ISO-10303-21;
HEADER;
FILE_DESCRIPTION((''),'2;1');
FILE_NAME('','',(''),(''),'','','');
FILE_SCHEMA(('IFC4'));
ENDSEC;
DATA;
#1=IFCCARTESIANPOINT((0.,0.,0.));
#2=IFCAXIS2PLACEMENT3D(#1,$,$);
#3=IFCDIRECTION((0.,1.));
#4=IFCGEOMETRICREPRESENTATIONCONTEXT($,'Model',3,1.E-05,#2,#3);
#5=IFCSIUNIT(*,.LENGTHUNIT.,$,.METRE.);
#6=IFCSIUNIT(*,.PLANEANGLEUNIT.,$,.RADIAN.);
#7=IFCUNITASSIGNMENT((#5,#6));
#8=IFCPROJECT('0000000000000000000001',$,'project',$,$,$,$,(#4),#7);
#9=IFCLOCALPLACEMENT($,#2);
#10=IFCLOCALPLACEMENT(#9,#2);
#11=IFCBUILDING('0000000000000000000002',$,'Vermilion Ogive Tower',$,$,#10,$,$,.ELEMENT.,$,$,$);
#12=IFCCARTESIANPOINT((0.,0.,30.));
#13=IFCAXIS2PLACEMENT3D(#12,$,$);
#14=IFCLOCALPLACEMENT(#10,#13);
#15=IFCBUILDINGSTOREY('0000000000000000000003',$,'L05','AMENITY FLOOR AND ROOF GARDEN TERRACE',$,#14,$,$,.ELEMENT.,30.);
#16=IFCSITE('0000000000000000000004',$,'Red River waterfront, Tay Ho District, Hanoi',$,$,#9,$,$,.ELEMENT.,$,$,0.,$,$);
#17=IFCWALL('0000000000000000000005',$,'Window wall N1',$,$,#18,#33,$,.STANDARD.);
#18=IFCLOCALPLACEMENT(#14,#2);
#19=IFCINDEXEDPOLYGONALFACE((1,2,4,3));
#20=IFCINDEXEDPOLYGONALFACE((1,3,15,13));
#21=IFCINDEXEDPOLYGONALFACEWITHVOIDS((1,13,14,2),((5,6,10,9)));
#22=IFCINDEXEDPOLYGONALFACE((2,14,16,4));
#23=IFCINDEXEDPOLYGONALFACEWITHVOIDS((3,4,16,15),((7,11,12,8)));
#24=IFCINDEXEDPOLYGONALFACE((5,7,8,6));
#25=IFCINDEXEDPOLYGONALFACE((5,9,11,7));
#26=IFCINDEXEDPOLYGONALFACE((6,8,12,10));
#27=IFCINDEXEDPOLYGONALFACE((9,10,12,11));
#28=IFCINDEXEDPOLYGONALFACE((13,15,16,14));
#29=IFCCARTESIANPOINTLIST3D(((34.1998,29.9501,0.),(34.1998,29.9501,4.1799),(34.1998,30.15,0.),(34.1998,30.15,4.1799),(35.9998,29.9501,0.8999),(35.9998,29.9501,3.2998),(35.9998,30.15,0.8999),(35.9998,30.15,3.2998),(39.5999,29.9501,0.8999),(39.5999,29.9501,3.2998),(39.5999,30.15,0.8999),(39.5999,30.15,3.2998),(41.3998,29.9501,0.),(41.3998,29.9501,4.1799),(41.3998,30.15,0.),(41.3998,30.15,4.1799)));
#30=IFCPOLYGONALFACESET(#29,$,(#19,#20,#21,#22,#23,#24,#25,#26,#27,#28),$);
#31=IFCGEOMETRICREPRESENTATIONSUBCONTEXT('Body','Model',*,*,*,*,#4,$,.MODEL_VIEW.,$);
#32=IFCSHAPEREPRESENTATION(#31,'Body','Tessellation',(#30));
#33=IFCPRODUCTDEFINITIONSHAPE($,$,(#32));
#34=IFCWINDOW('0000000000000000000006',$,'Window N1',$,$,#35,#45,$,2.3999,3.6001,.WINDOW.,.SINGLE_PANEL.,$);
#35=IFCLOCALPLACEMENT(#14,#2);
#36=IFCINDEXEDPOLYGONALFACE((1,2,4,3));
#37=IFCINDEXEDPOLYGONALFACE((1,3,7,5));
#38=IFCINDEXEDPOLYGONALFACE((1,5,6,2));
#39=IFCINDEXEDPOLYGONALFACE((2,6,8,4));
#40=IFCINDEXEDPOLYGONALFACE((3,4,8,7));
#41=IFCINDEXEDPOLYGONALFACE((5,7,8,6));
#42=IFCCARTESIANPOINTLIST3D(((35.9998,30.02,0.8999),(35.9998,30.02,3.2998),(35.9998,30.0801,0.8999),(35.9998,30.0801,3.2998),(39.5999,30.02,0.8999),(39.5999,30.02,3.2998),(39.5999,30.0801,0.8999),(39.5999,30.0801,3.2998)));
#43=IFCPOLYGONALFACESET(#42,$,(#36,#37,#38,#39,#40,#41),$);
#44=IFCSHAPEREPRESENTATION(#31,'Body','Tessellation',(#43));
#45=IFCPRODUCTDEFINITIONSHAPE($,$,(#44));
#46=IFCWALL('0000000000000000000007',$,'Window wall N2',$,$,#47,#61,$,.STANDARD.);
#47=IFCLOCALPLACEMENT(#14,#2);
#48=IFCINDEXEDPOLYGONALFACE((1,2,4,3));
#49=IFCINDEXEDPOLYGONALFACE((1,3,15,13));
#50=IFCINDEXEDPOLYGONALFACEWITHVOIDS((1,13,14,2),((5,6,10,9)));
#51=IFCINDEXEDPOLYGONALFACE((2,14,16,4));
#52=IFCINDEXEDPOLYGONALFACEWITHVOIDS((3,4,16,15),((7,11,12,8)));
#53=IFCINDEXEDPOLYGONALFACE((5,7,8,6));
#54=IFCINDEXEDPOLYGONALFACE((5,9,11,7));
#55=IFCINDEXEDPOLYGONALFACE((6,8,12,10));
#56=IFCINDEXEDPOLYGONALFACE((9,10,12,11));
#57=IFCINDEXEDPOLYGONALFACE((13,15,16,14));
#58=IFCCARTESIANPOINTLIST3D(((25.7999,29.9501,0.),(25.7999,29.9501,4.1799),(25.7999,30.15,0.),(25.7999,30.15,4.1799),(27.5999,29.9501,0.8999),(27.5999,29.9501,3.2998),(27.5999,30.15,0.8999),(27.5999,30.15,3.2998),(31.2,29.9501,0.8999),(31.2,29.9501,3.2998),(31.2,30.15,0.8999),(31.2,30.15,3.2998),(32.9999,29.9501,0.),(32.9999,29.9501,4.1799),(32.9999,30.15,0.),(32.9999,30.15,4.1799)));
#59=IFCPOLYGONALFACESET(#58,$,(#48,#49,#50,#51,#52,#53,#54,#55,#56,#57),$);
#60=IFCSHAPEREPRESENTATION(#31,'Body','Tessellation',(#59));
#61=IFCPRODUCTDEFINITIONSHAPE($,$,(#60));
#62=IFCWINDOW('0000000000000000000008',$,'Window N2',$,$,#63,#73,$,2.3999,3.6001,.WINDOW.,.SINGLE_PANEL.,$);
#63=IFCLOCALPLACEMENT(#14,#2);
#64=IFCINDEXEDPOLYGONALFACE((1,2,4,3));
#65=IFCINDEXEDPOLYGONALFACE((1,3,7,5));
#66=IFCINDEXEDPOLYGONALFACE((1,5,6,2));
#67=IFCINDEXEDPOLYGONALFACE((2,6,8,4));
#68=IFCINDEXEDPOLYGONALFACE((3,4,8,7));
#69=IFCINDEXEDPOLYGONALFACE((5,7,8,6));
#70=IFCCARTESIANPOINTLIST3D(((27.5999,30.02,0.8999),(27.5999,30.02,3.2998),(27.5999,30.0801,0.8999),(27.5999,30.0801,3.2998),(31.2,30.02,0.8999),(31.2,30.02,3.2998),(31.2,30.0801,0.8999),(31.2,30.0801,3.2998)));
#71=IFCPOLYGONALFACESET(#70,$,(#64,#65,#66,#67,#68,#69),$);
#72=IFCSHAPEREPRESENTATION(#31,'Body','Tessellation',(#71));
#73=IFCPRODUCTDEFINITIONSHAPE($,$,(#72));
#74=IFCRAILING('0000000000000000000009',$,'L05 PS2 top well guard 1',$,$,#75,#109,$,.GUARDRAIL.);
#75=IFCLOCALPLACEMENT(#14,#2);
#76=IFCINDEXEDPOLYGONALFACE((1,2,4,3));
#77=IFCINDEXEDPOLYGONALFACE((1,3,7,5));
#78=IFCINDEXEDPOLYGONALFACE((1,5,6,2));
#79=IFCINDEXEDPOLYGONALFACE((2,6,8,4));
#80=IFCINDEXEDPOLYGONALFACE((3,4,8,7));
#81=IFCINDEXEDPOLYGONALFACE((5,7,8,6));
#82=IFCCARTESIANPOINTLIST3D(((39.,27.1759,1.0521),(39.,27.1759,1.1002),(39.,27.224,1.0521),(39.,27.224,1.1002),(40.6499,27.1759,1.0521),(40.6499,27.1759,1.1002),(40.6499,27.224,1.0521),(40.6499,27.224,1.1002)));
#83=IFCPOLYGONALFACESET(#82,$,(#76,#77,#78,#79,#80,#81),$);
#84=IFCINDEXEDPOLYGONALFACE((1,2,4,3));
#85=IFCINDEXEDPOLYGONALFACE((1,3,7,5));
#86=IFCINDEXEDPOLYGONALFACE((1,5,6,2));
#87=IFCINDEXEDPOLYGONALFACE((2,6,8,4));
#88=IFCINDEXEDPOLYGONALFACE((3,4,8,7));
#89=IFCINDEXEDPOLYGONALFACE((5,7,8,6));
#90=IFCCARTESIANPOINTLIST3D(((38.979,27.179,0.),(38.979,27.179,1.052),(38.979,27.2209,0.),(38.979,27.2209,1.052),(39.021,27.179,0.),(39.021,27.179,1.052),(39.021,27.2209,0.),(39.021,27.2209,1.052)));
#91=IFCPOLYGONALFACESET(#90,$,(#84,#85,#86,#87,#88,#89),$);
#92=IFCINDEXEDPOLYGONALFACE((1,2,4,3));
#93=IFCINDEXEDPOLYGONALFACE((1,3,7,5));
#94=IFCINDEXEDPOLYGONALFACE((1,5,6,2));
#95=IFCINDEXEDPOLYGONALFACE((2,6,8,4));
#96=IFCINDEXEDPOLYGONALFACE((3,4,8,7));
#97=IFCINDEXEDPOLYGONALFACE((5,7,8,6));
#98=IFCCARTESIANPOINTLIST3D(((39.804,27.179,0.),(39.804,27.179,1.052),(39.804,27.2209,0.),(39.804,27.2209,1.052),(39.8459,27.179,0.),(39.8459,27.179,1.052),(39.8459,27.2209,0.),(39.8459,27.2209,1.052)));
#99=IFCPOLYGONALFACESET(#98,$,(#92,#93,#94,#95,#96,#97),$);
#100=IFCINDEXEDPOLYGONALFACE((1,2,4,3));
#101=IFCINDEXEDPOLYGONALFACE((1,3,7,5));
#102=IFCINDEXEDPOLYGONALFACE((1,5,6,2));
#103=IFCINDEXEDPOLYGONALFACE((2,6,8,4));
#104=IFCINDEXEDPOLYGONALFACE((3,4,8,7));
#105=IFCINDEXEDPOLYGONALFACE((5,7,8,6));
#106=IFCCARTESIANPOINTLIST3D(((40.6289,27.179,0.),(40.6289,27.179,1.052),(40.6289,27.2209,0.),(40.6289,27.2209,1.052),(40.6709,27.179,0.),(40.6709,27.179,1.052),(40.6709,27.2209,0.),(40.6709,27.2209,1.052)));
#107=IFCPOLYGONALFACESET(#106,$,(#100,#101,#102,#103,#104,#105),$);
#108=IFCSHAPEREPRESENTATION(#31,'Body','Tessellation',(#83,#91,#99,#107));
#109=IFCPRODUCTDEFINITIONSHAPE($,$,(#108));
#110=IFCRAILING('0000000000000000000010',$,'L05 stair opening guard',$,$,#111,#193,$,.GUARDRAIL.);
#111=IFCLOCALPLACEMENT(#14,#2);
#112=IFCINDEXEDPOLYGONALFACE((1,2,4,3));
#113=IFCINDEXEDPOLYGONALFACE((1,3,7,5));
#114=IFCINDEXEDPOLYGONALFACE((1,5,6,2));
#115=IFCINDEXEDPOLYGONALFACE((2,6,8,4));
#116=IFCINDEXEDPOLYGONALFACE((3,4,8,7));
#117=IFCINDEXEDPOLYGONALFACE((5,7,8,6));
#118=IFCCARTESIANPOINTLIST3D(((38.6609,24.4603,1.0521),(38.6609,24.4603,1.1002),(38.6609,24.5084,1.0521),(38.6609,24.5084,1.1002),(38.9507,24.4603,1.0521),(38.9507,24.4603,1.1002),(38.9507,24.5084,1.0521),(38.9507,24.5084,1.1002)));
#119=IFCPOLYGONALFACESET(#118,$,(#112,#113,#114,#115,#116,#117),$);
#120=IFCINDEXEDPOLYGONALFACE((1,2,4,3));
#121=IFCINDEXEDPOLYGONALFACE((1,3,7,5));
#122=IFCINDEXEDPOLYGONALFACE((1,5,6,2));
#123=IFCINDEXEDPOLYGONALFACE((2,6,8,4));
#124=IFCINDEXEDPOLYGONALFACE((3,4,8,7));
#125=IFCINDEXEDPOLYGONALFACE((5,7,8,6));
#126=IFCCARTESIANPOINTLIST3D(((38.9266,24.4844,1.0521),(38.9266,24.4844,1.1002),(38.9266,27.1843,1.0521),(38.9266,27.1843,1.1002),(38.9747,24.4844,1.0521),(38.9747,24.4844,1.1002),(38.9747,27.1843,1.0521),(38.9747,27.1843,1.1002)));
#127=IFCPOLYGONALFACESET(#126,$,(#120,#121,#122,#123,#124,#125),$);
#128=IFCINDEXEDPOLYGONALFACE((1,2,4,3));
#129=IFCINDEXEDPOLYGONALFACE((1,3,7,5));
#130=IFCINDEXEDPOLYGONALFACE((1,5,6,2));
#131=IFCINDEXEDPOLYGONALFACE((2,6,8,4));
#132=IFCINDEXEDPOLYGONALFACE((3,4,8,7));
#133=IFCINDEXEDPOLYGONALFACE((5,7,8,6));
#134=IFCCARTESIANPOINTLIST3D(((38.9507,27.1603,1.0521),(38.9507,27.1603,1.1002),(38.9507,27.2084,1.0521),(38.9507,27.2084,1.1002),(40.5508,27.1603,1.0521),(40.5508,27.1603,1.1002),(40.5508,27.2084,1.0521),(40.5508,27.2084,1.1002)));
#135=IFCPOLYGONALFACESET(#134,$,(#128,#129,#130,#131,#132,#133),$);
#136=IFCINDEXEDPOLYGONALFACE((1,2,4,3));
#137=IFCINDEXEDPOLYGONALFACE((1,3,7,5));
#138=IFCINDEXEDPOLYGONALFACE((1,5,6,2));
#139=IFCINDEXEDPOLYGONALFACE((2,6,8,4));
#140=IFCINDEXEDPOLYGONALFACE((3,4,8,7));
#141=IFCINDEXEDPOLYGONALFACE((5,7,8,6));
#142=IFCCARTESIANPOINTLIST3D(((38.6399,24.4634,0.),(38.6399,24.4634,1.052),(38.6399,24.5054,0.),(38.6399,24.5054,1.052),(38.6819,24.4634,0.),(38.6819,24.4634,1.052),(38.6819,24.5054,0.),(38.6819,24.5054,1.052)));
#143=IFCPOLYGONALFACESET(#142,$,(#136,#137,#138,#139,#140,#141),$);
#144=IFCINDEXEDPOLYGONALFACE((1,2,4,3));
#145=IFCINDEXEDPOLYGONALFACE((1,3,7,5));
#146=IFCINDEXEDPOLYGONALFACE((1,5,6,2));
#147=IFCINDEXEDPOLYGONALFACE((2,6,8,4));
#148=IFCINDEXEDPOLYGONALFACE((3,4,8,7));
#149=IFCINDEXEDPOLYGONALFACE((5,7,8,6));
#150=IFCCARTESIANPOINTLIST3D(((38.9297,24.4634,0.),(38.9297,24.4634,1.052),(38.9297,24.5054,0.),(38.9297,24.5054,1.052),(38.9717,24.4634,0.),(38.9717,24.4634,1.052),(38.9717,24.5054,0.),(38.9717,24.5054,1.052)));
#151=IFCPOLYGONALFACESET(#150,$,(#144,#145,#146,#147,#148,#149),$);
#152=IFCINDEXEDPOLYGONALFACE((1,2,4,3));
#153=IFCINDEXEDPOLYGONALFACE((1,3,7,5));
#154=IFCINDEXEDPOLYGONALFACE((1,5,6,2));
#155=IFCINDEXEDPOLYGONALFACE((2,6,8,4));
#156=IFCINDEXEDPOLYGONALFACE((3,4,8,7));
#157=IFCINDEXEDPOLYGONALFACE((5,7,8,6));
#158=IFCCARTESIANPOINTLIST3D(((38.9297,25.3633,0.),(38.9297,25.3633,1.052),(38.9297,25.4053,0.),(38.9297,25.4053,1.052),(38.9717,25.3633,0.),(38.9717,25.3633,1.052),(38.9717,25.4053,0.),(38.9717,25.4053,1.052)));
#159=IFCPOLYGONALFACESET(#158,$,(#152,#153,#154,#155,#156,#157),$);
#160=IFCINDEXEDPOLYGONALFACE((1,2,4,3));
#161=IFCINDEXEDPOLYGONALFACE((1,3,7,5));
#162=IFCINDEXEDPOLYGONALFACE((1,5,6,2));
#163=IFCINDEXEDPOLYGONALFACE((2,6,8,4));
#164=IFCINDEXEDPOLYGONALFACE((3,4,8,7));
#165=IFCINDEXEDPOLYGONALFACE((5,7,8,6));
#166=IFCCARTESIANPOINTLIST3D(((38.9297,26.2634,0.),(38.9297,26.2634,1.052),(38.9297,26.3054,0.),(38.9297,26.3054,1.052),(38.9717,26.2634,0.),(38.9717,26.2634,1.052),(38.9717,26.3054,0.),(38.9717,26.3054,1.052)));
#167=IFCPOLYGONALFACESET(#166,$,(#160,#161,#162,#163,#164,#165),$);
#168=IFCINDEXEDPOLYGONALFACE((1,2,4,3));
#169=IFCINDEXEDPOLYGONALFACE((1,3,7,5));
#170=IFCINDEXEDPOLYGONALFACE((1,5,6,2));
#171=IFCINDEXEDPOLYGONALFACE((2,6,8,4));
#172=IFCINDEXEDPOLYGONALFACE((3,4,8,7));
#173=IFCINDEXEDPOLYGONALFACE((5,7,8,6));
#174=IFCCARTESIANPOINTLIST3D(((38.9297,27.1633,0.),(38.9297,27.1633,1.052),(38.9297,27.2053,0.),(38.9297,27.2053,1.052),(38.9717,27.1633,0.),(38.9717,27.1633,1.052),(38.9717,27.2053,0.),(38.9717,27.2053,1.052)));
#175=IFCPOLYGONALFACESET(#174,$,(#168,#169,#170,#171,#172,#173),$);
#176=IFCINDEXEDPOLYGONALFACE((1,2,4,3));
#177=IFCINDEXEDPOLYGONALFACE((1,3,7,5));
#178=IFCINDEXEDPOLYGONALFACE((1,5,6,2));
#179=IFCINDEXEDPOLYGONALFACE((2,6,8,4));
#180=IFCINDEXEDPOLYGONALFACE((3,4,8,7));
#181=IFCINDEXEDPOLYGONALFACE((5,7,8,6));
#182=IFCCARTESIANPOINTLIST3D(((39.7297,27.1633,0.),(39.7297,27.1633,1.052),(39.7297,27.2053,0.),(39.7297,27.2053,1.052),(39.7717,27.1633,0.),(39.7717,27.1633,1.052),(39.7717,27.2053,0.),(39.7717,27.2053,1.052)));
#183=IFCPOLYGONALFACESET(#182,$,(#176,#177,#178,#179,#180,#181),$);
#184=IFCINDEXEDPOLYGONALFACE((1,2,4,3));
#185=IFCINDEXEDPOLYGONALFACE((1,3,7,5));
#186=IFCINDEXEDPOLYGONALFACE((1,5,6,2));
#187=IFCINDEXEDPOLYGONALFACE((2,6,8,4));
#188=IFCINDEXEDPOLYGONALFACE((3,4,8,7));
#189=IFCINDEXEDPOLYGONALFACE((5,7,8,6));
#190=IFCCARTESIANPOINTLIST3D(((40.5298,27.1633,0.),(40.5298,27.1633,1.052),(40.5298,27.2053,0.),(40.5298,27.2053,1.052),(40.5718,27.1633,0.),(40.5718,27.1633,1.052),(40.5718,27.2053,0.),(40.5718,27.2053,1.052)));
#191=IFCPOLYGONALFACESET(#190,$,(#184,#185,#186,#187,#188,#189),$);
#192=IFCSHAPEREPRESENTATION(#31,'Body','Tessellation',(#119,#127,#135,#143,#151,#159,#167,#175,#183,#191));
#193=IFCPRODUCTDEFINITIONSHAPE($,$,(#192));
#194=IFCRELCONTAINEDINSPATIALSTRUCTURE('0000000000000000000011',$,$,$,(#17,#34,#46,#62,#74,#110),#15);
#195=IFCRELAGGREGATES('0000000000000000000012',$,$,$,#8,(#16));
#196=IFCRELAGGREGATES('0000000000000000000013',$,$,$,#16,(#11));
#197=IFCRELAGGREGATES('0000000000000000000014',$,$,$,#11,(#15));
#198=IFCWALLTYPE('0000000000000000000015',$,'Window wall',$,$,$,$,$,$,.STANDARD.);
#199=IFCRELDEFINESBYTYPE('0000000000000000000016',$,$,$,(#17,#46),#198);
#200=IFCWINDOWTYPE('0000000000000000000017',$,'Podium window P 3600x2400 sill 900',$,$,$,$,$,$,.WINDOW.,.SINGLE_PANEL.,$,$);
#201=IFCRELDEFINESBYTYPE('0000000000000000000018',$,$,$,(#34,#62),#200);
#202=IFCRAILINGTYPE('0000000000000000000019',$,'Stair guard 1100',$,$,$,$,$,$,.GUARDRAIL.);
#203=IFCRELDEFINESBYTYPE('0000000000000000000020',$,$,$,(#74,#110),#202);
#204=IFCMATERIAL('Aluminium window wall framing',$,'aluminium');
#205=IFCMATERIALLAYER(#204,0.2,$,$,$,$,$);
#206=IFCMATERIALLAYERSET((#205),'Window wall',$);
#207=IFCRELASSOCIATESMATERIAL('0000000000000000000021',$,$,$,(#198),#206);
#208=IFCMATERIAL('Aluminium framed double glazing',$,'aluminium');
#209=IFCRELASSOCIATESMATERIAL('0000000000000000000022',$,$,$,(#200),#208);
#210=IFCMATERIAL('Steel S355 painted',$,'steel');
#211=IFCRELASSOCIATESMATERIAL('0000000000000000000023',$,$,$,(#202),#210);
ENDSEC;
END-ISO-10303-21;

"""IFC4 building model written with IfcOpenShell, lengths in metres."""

from ifc_helpers import new_model, si_unit, direction, frame, frame_2d, origin, origin_2d, place, context, subcontext, project, spatial, rectangle, extrude, material, layer, layer_set, type_object, element, fill, save


model = new_model("IFC4")

# Units and contexts
model_context = context("Model", 3, precision=1e-05, world=origin(), true_north=direction((0.0, 1.0)))
body_context = subcontext(model_context, "Body", "Model", "MODEL_VIEW")
ifc_project = project(units=[si_unit("LENGTHUNIT", "METRE"), si_unit("PLANEANGLEUNIT", "RADIAN")], contexts=[model_context])

# Site, building, storey
site_placement = place(None, origin())
site = spatial("IfcSite", under=ifc_project, at=site_placement, Name="Red River waterfront, Tay Ho District, Hanoi", CompositionType="ELEMENT", RefElevation=0.0)
building_placement = place(site_placement, origin())
building = spatial("IfcBuilding", under=site, at=building_placement, Name="Vermilion Ogive Tower", CompositionType="ELEMENT")
storey_placement = place(building_placement, frame((0.0, 0.0, 30.0)))
storey = spatial("IfcBuildingStorey", under=building, at=storey_placement, Name="L05", Description="AMENITY FLOOR AND ROOF GARDEN TERRACE", CompositionType="ELEMENT", Elevation=30.0)

# Walls, openings, windows
ifc_material_1 = material(Name="Aluminium window wall framing", Category="aluminium")
ifc_layer_1 = layer(ifc_material_1, 0.2)
ifc_layer_set_1 = layer_set([ifc_layer_1], Name="Window wall")
wall_type_1 = type_object("IfcWallType", Name="Window wall", PredefinedType="STANDARD", material=ifc_layer_set_1)
ifc_material_2 = material(Name="Aluminium framed double glazing", Category="aluminium")
window_type = type_object("IfcWindowType", Name="Podium window P 3600x2400 sill 900", PartitioningType="SINGLE_PANEL", PredefinedType="WINDOW", material=ifc_material_2)
wall_1_placement = place(storey_placement, frame((41.3999, 30.05, 0.0), z_axis=(0.0, 0.0, 1.0), x_axis=(-1.0, 0.0, 0.0)))
wall_1 = element("IfcWall", 1, at=wall_1_placement, inside=storey, type_object=wall_type_1, Name="Window wall N1", PredefinedType="STANDARD", context=body_context, shape_type="SweptSolid", body=[
    extrude(rectangle(XDim=7.2, YDim=0.2, at=frame_2d((3.6001, 0.0))), origin(), (0.0, 0.0, 1.0), 4.1799),
])
opening_1_placement = place(wall_1_placement, frame((1.8, 0.0, 0.8999)))
opening_1 = element("IfcOpeningElement", 2, at=opening_1_placement, cuts=wall_1, PredefinedType="OPENING", context=body_context, shape_type="SweptSolid", body=[
    extrude(rectangle(XDim=3.6001, YDim=2.3999, at=frame_2d((1.8, 1.2))), frame((0.0, 0.1099, 0.0), z_axis=(0.0, -1.0, 0.0), x_axis=(1.0, 0.0, 0.0)), (0.0, 0.0, 1.0), 0.22),
])
window_1_placement = place(opening_1_placement, origin())
window_1 = element("IfcWindow", 3, at=window_1_placement, inside=storey, type_object=window_type, Name="Window N1", OverallHeight=2.3999, OverallWidth=3.6001, PartitioningType="SINGLE_PANEL", PredefinedType="WINDOW", context=body_context, shape_type="SweptSolid", body=[
    extrude(rectangle(XDim=3.6001, YDim=2.3999, at=frame_2d((1.8, 1.2))), frame((0.0, 0.03, 0.0), z_axis=(0.0, -1.0, 0.0), x_axis=(1.0, 0.0, 0.0)), (0.0, 0.0, 1.0), 0.0601),
])
fill(opening_1, window_1)
wall_2_placement = place(storey_placement, frame((33.0, 30.05, 0.0), z_axis=(0.0, 0.0, 1.0), x_axis=(-1.0, 0.0, 0.0)))
wall_2 = element("IfcWall", 4, at=wall_2_placement, inside=storey, type_object=wall_type_1, Name="Window wall N2", PredefinedType="STANDARD", context=body_context, shape_type="SweptSolid", body=[
    extrude(rectangle(XDim=7.2, YDim=0.2, at=frame_2d((3.6001, 0.0))), origin(), (0.0, 0.0, 1.0), 4.1799),
])
opening_2_placement = place(wall_2_placement, frame((1.8, 0.0, 0.8999)))
opening_2 = element("IfcOpeningElement", 5, at=opening_2_placement, cuts=wall_2, PredefinedType="OPENING", context=body_context, shape_type="SweptSolid", body=[
    extrude(rectangle(XDim=3.6001, YDim=2.3999, at=frame_2d((1.8, 1.2))), frame((0.0, 0.1099, 0.0), z_axis=(0.0, -1.0, 0.0), x_axis=(1.0, 0.0, 0.0)), (0.0, 0.0, 1.0), 0.22),
])
window_2_placement = place(opening_2_placement, origin())
window_2 = element("IfcWindow", 6, at=window_2_placement, inside=storey, type_object=window_type, Name="Window N2", OverallHeight=2.3999, OverallWidth=3.6001, PartitioningType="SINGLE_PANEL", PredefinedType="WINDOW", context=body_context, shape_type="SweptSolid", body=[
    extrude(rectangle(XDim=3.6001, YDim=2.3999, at=frame_2d((1.8, 1.2))), frame((0.0, 0.03, 0.0), z_axis=(0.0, -1.0, 0.0), x_axis=(1.0, 0.0, 0.0)), (0.0, 0.0, 1.0), 0.0601),
])
fill(opening_2, window_2)

# Railings
ifc_material_3 = material(Name="Steel S355 painted", Category="steel")
railing_type = type_object("IfcRailingType", Name="Stair guard 1100", PredefinedType="GUARDRAIL", material=ifc_material_3)
railing_1_placement = place(storey_placement, frame((39.0, 27.2, 0.0)))
element("IfcRailing", 7, at=railing_1_placement, inside=storey, type_object=railing_type, Name="L05 PS2 top well guard 1", PredefinedType="GUARDRAIL", context=body_context, shape_type="SweptSolid", body=[
    extrude(rectangle(XDim=0.0481, YDim=0.0481, at=origin_2d()), frame((0.0, 0.0, 1.0762), z_axis=(1.0, 0.0, 0.0), x_axis=(0.0, 1.0, 0.0)), (0.0, 0.0, 1.0), 1.6499),
    extrude(rectangle(XDim=0.042, YDim=0.042, at=origin_2d()), origin(), (0.0, 0.0, 1.0), 1.052),
    extrude(rectangle(XDim=0.042, YDim=0.042, at=origin_2d()), frame((0.825, 0.0, 0.0)), (0.0, 0.0, 1.0), 1.052),
    extrude(rectangle(XDim=0.042, YDim=0.042, at=origin_2d()), frame((1.6499, 0.0, 0.0)), (0.0, 0.0, 1.0), 1.052),
])
railing_2_placement = place(storey_placement, frame((38.6609, 24.4844, 0.0)))
element("IfcRailing", 8, at=railing_2_placement, inside=storey, type_object=railing_type, Name="L05 stair opening guard", PredefinedType="GUARDRAIL", context=body_context, shape_type="SweptSolid", body=[
    extrude(rectangle(XDim=0.0481, YDim=0.0481, at=origin_2d()), frame((0.0, 0.0, 1.0762), z_axis=(1.0, 0.0, 0.0), x_axis=(0.0, 1.0, 0.0)), (0.0, 0.0, 1.0), 0.2898),
    extrude(rectangle(XDim=0.0481, YDim=0.0481, at=origin_2d()), frame((0.2898, 0.0, 1.0762), z_axis=(0.0, 1.0, 0.0), x_axis=(-1.0, 0.0, 0.0)), (0.0, 0.0, 1.0), 2.7),
    extrude(rectangle(XDim=0.0481, YDim=0.0481, at=origin_2d()), frame((0.2898, 2.7, 1.0762), z_axis=(1.0, 0.0, 0.0), x_axis=(0.0, 1.0, 0.0)), (0.0, 0.0, 1.0), 1.6001),
    extrude(rectangle(XDim=0.042, YDim=0.042, at=origin_2d()), origin(), (0.0, 0.0, 1.0), 1.052),
    extrude(rectangle(XDim=0.042, YDim=0.042, at=origin_2d()), frame((0.2898, 0.0, 0.0)), (0.0, 0.0, 1.0), 1.052),
    extrude(rectangle(XDim=0.042, YDim=0.042, at=origin_2d()), frame((0.2898, 0.8999, 0.0)), (0.0, 0.0, 1.0), 1.052),
    extrude(rectangle(XDim=0.042, YDim=0.042, at=origin_2d()), frame((0.2898, 1.8, 0.0)), (0.0, 0.0, 1.0), 1.052),
    extrude(rectangle(XDim=0.042, YDim=0.042, at=origin_2d()), frame((0.2898, 2.7, 0.0)), (0.0, 0.0, 1.0), 1.052),
    extrude(rectangle(XDim=0.042, YDim=0.042, at=origin_2d()), frame((1.0898, 2.7, 0.0)), (0.0, 0.0, 1.0), 1.052),
    extrude(rectangle(XDim=0.042, YDim=0.042, at=origin_2d()), frame((1.8899, 2.7, 0.0)), (0.0, 0.0, 1.0), 1.052),
])

save(model, "model.ifc")
